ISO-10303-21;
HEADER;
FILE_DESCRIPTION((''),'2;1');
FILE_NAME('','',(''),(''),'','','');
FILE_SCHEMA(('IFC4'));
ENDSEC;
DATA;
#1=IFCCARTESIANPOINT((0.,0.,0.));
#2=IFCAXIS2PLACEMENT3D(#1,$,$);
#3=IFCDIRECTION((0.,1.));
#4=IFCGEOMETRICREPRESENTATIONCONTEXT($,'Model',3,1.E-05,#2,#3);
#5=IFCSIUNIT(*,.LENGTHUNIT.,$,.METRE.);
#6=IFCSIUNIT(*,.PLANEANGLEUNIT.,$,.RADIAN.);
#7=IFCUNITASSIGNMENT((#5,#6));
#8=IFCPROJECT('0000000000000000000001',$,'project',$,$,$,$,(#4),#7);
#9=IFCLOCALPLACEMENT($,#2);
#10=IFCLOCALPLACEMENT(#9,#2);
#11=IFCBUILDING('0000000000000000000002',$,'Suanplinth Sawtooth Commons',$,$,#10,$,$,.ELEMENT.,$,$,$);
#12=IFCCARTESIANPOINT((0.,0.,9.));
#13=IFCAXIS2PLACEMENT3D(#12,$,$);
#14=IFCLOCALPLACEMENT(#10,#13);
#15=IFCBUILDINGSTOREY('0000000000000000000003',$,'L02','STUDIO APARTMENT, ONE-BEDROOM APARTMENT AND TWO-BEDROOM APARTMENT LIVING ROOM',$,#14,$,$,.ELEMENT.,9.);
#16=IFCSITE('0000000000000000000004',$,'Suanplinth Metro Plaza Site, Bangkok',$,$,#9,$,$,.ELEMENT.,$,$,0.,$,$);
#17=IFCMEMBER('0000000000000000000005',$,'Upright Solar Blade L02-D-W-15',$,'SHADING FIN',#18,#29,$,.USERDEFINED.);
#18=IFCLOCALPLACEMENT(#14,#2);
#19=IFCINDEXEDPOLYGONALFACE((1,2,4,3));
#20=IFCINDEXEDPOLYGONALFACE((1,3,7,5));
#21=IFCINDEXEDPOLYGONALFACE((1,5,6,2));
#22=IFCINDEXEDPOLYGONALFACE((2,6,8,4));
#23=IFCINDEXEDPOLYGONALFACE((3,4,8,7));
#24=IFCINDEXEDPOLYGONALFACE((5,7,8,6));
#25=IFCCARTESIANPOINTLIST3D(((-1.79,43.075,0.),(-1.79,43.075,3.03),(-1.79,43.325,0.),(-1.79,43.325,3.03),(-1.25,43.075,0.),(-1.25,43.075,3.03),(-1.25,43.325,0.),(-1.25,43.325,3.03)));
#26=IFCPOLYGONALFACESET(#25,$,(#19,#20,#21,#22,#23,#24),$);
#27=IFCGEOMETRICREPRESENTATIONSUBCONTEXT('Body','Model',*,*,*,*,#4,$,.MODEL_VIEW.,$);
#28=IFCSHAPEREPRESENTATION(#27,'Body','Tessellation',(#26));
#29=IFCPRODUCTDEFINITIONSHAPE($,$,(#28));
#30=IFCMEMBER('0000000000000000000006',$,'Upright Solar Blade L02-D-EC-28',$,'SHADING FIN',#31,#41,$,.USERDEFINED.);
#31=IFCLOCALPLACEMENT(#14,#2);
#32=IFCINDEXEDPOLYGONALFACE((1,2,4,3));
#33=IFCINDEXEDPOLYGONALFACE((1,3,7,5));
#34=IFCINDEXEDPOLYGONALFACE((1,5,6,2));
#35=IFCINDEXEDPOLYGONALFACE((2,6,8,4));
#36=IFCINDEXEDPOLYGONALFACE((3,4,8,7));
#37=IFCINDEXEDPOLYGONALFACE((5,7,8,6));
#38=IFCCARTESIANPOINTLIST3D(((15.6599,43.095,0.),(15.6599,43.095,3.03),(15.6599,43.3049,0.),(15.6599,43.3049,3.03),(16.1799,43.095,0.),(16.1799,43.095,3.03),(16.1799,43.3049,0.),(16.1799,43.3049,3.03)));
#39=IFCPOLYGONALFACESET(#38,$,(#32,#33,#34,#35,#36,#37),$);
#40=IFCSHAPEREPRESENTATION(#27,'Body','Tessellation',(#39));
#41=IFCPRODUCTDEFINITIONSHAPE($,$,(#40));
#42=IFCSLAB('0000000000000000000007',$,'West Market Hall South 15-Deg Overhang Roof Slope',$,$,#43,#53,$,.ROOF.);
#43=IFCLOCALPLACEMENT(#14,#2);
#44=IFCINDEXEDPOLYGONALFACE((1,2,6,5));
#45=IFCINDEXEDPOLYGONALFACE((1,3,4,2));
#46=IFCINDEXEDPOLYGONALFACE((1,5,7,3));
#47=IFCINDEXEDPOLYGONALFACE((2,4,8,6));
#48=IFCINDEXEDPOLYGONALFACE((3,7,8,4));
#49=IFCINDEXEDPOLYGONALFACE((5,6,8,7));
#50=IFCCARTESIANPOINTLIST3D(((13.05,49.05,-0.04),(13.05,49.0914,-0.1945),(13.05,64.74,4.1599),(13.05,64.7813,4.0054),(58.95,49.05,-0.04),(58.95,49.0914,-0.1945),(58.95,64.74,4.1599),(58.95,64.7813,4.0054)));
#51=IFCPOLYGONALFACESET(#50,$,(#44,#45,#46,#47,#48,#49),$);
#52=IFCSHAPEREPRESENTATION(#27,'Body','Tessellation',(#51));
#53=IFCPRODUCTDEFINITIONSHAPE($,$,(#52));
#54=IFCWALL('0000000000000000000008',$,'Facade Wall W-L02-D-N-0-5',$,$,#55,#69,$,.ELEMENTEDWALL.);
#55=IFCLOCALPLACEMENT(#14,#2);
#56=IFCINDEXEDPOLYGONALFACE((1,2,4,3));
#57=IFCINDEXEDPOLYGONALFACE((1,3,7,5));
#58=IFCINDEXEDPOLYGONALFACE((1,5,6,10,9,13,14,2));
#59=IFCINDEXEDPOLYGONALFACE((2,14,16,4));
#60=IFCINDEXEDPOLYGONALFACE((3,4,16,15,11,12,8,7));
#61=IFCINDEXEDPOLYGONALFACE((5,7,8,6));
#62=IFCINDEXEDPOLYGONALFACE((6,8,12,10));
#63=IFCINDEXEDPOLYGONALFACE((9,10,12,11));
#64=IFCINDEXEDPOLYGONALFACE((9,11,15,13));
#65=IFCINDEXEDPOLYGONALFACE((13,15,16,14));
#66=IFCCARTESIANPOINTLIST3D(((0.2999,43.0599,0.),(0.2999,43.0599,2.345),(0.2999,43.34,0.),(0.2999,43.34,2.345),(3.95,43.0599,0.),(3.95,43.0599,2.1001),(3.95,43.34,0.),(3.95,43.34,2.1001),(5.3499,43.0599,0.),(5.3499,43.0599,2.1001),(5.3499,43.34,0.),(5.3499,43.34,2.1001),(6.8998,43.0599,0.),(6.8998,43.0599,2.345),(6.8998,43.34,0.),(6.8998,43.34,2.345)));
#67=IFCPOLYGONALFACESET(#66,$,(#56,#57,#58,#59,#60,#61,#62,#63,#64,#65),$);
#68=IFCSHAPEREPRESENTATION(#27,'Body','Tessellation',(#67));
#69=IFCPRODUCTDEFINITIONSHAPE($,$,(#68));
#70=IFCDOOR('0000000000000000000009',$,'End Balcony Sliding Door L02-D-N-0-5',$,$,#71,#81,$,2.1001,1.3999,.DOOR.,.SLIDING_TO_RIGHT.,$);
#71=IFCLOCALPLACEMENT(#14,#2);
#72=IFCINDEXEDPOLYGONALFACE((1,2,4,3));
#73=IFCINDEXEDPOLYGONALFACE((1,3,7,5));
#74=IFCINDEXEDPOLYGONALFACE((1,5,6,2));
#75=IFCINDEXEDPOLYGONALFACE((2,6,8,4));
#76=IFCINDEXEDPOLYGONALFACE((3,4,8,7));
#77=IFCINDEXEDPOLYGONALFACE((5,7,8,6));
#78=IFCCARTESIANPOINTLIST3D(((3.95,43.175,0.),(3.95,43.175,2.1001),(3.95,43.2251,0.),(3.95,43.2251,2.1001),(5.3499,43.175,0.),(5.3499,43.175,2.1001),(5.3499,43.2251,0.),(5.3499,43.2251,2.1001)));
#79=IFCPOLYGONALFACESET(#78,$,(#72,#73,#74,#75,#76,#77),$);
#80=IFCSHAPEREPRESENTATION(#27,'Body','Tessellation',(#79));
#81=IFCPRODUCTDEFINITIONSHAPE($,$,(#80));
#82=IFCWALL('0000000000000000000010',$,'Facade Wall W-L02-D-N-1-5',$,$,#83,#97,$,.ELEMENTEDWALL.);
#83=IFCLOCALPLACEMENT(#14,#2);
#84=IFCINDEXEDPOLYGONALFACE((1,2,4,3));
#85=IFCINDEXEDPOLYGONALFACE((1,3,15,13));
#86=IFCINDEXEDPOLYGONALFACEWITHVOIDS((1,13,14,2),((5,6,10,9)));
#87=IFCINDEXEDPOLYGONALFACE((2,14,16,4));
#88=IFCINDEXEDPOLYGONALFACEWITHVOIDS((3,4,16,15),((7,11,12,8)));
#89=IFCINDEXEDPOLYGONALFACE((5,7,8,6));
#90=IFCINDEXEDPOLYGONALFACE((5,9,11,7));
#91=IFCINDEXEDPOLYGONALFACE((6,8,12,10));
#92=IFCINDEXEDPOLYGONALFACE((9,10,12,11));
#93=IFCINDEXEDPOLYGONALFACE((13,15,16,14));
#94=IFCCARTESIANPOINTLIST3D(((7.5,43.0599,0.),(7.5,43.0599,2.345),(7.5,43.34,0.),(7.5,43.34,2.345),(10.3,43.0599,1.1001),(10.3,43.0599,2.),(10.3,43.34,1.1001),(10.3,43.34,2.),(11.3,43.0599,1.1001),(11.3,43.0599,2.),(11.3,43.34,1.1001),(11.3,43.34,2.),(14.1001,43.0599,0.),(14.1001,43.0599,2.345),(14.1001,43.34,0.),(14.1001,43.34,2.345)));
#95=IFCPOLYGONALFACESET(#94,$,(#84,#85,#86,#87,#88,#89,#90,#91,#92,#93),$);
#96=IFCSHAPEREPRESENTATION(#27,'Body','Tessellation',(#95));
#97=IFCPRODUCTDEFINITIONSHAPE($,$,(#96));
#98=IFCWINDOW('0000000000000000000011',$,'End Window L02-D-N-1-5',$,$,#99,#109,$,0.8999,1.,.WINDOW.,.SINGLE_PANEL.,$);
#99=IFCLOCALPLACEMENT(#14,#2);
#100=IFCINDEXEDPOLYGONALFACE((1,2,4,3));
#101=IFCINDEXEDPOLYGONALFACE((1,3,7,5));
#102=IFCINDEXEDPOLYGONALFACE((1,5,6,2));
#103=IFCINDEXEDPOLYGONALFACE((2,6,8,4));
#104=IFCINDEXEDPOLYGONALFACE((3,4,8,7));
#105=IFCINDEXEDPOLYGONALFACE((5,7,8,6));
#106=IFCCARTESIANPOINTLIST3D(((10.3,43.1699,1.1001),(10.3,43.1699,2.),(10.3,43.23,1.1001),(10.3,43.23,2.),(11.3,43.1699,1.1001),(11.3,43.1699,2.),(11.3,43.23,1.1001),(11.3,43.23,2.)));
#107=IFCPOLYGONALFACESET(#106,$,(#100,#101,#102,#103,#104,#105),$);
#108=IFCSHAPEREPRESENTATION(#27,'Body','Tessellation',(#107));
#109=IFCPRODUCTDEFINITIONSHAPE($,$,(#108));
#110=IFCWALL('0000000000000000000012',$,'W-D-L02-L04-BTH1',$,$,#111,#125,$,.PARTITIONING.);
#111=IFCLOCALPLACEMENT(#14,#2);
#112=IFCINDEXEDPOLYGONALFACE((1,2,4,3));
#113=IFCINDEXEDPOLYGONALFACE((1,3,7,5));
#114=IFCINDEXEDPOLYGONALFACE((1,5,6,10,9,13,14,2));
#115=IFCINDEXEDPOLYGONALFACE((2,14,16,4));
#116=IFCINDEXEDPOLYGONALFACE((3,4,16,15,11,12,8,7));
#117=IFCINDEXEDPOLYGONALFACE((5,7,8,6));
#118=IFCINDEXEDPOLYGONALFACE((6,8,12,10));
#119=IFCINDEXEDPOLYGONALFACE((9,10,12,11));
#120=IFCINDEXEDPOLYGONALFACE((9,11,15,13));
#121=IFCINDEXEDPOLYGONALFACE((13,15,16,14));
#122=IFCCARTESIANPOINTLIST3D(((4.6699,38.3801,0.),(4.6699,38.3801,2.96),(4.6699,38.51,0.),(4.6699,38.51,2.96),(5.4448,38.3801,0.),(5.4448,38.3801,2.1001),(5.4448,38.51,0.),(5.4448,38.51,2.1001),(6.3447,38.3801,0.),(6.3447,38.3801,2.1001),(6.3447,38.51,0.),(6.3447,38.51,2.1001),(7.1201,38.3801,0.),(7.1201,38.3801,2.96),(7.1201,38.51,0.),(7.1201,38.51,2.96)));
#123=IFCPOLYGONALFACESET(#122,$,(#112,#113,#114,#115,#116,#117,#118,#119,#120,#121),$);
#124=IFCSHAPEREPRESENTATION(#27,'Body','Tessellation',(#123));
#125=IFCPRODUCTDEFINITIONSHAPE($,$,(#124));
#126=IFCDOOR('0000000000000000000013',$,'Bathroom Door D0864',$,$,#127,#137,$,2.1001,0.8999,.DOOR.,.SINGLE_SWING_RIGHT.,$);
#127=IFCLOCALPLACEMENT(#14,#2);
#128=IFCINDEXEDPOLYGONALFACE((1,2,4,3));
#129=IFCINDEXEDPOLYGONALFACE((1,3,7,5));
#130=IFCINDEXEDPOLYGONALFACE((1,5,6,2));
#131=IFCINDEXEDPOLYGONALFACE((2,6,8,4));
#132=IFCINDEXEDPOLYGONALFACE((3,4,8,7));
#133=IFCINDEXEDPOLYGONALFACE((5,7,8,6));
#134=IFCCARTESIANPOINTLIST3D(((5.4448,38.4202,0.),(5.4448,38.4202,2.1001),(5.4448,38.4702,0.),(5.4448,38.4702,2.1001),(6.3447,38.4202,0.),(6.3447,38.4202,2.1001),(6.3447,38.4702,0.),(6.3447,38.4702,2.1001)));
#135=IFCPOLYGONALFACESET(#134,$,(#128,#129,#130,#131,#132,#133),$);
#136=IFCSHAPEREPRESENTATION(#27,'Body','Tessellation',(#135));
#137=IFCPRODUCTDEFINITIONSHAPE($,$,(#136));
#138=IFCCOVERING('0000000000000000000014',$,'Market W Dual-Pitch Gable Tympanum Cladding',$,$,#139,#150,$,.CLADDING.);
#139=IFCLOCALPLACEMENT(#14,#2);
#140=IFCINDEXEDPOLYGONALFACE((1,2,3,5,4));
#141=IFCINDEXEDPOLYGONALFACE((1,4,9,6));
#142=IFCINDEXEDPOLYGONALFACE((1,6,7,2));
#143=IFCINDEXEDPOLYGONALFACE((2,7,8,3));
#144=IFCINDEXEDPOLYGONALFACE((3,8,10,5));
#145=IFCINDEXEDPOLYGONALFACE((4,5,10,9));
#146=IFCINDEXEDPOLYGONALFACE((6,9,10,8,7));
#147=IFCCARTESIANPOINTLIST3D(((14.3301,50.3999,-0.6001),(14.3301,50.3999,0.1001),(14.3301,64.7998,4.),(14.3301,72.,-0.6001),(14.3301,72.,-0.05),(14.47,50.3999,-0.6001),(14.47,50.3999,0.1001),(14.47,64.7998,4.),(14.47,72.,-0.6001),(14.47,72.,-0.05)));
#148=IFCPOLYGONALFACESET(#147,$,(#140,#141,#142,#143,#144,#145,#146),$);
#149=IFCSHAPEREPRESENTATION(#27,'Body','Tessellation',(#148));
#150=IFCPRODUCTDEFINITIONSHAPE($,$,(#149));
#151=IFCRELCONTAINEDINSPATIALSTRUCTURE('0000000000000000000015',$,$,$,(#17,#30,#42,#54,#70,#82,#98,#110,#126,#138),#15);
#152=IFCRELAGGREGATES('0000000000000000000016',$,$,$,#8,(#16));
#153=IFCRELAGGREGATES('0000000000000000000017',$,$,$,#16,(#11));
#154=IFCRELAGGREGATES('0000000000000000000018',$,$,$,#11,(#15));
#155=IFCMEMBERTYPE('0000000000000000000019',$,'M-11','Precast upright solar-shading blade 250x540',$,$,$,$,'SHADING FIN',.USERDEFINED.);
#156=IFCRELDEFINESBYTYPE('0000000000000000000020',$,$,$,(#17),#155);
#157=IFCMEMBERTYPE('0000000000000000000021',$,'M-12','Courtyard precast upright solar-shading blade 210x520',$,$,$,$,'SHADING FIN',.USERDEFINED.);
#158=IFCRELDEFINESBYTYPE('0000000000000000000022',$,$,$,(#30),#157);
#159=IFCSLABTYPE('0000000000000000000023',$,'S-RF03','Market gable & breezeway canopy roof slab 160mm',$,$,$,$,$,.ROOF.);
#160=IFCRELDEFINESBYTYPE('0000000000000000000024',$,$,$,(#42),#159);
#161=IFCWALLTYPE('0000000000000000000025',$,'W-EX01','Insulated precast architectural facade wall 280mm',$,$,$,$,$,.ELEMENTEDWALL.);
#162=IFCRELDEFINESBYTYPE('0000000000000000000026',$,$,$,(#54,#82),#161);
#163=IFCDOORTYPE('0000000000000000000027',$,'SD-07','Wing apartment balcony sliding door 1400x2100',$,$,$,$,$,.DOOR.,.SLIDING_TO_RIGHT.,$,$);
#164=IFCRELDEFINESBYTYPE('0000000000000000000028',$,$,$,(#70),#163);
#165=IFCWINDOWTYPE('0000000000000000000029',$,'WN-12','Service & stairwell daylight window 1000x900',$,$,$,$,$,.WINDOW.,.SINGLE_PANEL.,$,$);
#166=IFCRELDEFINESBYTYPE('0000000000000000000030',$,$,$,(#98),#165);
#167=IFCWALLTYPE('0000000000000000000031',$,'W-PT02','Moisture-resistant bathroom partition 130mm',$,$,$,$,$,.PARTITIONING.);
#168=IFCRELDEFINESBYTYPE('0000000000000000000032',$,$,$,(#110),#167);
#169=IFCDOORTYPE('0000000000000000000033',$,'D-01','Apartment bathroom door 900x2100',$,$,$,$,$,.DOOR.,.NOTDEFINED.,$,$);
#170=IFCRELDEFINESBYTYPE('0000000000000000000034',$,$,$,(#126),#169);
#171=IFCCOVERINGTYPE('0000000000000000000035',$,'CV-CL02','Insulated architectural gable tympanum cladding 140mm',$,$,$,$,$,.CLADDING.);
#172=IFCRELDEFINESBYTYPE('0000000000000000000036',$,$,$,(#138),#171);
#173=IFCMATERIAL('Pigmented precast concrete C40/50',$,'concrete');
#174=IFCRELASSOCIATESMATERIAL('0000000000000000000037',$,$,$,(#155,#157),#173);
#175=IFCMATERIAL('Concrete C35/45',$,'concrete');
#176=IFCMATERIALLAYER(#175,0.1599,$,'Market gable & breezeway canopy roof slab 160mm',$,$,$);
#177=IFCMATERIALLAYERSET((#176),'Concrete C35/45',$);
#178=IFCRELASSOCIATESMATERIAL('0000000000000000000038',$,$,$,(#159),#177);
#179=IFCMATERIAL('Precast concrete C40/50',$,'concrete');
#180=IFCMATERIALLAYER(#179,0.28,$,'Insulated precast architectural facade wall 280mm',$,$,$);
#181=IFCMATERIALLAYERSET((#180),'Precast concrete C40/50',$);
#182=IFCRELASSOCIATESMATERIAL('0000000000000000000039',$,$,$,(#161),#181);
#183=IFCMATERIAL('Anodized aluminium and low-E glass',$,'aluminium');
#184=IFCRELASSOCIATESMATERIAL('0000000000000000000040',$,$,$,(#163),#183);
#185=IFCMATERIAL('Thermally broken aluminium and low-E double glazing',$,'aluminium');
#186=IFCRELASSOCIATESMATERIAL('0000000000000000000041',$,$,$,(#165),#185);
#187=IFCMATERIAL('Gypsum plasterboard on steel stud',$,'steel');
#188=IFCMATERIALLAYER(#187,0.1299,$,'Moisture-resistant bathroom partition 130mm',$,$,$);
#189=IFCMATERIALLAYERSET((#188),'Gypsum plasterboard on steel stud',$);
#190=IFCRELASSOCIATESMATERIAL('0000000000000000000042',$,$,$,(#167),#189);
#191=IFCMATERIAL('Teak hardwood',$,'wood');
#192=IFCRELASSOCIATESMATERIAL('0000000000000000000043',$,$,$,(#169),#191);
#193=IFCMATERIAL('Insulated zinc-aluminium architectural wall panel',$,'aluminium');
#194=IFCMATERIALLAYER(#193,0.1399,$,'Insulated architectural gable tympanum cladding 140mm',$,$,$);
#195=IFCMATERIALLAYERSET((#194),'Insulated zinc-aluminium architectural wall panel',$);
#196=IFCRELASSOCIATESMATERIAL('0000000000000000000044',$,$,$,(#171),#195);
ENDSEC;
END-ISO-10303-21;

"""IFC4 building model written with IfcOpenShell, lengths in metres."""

from ifc_helpers import new_model, si_unit, direction, frame, frame_2d, origin, origin_2d, place, context, subcontext, project, spatial, polyline, rectangle, outline, extrude, material, layer, layer_set, material_profile, profile_set, type_object, element, fill, save


model = new_model("IFC4")

# Units and contexts
model_context = context("Model", 3, precision=1e-05, world=origin(), true_north=direction((0.0, 1.0)))
body_context = subcontext(model_context, "Body", "Model", "MODEL_VIEW")
ifc_project = project(units=[si_unit("LENGTHUNIT", "METRE"), si_unit("PLANEANGLEUNIT", "RADIAN")], contexts=[model_context])

# Site, building, storey
site_placement = place(None, origin())
site = spatial("IfcSite", under=ifc_project, at=site_placement, Name="Suanplinth Metro Plaza Site, Bangkok", CompositionType="ELEMENT", RefElevation=0.0)
building_placement = place(site_placement, origin())
building = spatial("IfcBuilding", under=site, at=building_placement, Name="Suanplinth Sawtooth Commons", CompositionType="ELEMENT")
storey_placement = place(building_placement, frame((0.0, 0.0, 9.0)))
storey = spatial("IfcBuildingStorey", under=building, at=storey_placement, Name="L02", Description="STUDIO APARTMENT, ONE-BEDROOM APARTMENT AND TWO-BEDROOM APARTMENT LIVING ROOM", CompositionType="ELEMENT", Elevation=9.0)

# Shared definitions
ifc_material_1 = material(Name="Precast concrete C40/50", Category="concrete")

# Members
ifc_material_2 = material(Name="Pigmented precast concrete C40/50", Category="concrete")
ifc_material_profile_1 = material_profile(ifc_material_2, rectangle(XDim=0.25, YDim=0.54, at=origin_2d()), Name="PC-FIN 250x540")
ifc_profile_set_1 = profile_set([ifc_material_profile_1], Name="Pigmented precast concrete C40/50")
member_type_1 = type_object("IfcMemberType", Name="M-11", Description="Precast upright solar-shading blade 250x540", ElementType="SHADING FIN", PredefinedType="USERDEFINED", material=ifc_profile_set_1)
member_1_placement = place(storey_placement, frame((-1.52, 43.2, 0.0), z_axis=(0.0, 0.0, 1.0), x_axis=(0.0, 1.0, 0.0)))
element("IfcMember", 1, at=member_1_placement, inside=storey, type_object=member_type_1, Name="Upright Solar Blade L02-D-W-15", ObjectType="SHADING FIN", PredefinedType="USERDEFINED", context=body_context, shape_type="SweptSolid", body=[
    extrude(rectangle(XDim=0.25, YDim=0.54, at=origin_2d()), origin(), (0.0, 0.0, 1.0), 3.03),
])
ifc_material_profile_2 = material_profile(ifc_material_2, rectangle(XDim=0.21, YDim=0.52, at=origin_2d()), Name="PC-FIN 210x520")
ifc_profile_set_2 = profile_set([ifc_material_profile_2], Name="Pigmented precast concrete C40/50")
member_type_2 = type_object("IfcMemberType", Name="M-12", Description="Courtyard precast upright solar-shading blade 210x520", ElementType="SHADING FIN", PredefinedType="USERDEFINED", material=ifc_profile_set_2)
member_2_placement = place(storey_placement, frame((15.9199, 43.2, 0.0), z_axis=(0.0, 0.0, 1.0), x_axis=(0.0, 1.0, 0.0)))
element("IfcMember", 2, at=member_2_placement, inside=storey, type_object=member_type_2, Name="Upright Solar Blade L02-D-EC-28", ObjectType="SHADING FIN", PredefinedType="USERDEFINED", context=body_context, shape_type="SweptSolid", body=[
    extrude(rectangle(XDim=0.21, YDim=0.52, at=origin_2d()), origin(), (0.0, 0.0, 1.0), 3.03),
])

# Slab
ifc_material_3 = material(Name="Concrete C35/45", Category="concrete")
ifc_layer_1 = layer(ifc_material_3, 0.1599, Name="Market gable & breezeway canopy roof slab 160mm")
ifc_layer_set_1 = layer_set([ifc_layer_1], Name="Concrete C35/45")
slab_type = type_object("IfcSlabType", Name="S-RF03", Description="Market gable & breezeway canopy roof slab 160mm", PredefinedType="ROOF", material=ifc_layer_set_1)
slab_placement = place(storey_placement, frame((13.05, 49.05, -0.04), z_axis=(0.0, -0.25858, 0.96599), x_axis=(1.0, 0.0, 0.0)))
element("IfcSlab", 3, at=slab_placement, inside=storey, type_object=slab_type, Name="West Market Hall South 15-Deg Overhang Roof Slope", PredefinedType="ROOF", context=body_context, shape_type="SweptSolid", body=[
    extrude(outline(polyline([(0.0, 0.0), (45.8999, 0.0), (45.8999, 16.2423), (0.0, 16.2423), (0.0, 0.0)])), origin(), (0.0, 0.0, -1.0), 0.1599),
])

# Wall, opening, door
ifc_layer_2 = layer(ifc_material_1, 0.28, Name="Insulated precast architectural facade wall 280mm")
ifc_layer_set_2 = layer_set([ifc_layer_2], Name="Precast concrete C40/50")
wall_type_1 = type_object("IfcWallType", Name="W-EX01", Description="Insulated precast architectural facade wall 280mm", PredefinedType="ELEMENTEDWALL", material=ifc_layer_set_2)
wall_1_placement = place(storey_placement, frame((0.3, 43.2, 0.0), z_axis=(0.0, 0.0, 1.0), x_axis=(1.0, 0.0, 0.0)))
wall_1 = element("IfcWall", 4, at=wall_1_placement, inside=storey, type_object=wall_type_1, Name="Facade Wall W-L02-D-N-0-5", PredefinedType="ELEMENTEDWALL", context=body_context, shape_type="SweptSolid", body=[
    extrude(rectangle(XDim=6.5999, YDim=0.28, at=frame_2d((3.2998, 0.0))), origin(), (0.0, 0.0, 1.0), 2.345),
])
opening_1_placement = place(wall_1_placement, frame((3.6499, 0.0, 0.0)))
opening_1 = element("IfcOpeningElement", 5, at=opening_1_placement, cuts=wall_1, PredefinedType="OPENING", context=body_context, shape_type="SweptSolid", body=[
    extrude(rectangle(XDim=1.3999, YDim=2.1001, at=frame_2d((0.7, 1.05))), frame((0.0, 0.1548, 0.0), z_axis=(0.0, -1.0, 0.0), x_axis=(1.0, 0.0, 0.0)), (0.0, 0.0, 1.0), 0.3098),
])
ifc_material_4 = material(Name="Anodized aluminium and low-E glass", Category="aluminium")
door_type_1 = type_object("IfcDoorType", Name="SD-07", Description="Wing apartment balcony sliding door 1400x2100", OperationType="SLIDING_TO_RIGHT", PredefinedType="DOOR", material=ifc_material_4)
door_1_placement = place(opening_1_placement, frame((1.3999, 0.0, 0.0), z_axis=(0.0, 0.0, 1.0), x_axis=(-1.0, 0.0, 0.0)))
door_1 = element("IfcDoor", 6, at=door_1_placement, inside=storey, type_object=door_type_1, Name="End Balcony Sliding Door L02-D-N-0-5", OperationType="SLIDING_TO_RIGHT", OverallHeight=2.1001, OverallWidth=1.3999, PredefinedType="DOOR", context=body_context, shape_type="SweptSolid", body=[
    extrude(rectangle(XDim=1.3999, YDim=2.1001, at=frame_2d((0.7, 1.05))), frame((0.0, 0.0249, 0.0), z_axis=(0.0, -1.0, 0.0), x_axis=(1.0, 0.0, 0.0)), (0.0, 0.0, 1.0), 0.05),
])
fill(opening_1, door_1)

# Wall, opening, window
wall_2_placement = place(storey_placement, frame((7.5, 43.2, 0.0), z_axis=(0.0, 0.0, 1.0), x_axis=(1.0, 0.0, 0.0)))
wall_2 = element("IfcWall", 7, at=wall_2_placement, inside=storey, type_object=wall_type_1, Name="Facade Wall W-L02-D-N-1-5", PredefinedType="ELEMENTEDWALL", context=body_context, shape_type="SweptSolid", body=[
    extrude(rectangle(XDim=6.6001, YDim=0.28, at=frame_2d((3.3, 0.0))), origin(), (0.0, 0.0, 1.0), 2.345),
])
opening_2_placement = place(wall_2_placement, frame((2.8, 0.0, 1.1001)))
opening_2 = element("IfcOpeningElement", 8, at=opening_2_placement, cuts=wall_2, PredefinedType="OPENING", context=body_context, shape_type="SweptSolid", body=[
    extrude(rectangle(XDim=1.0, YDim=0.8999, at=frame_2d((0.5, 0.45))), frame((0.0, 0.1548, 0.0), z_axis=(0.0, -1.0, 0.0), x_axis=(1.0, 0.0, 0.0)), (0.0, 0.0, 1.0), 0.3098),
])
ifc_material_5 = material(Name="Thermally broken aluminium and low-E double glazing", Category="aluminium")
window_type = type_object("IfcWindowType", Name="WN-12", Description="Service & stairwell daylight window 1000x900", PartitioningType="SINGLE_PANEL", PredefinedType="WINDOW", material=ifc_material_5)
window_placement = place(opening_2_placement, origin())
window = element("IfcWindow", 9, at=window_placement, inside=storey, type_object=window_type, Name="End Window L02-D-N-1-5", OverallHeight=0.8999, OverallWidth=1.0, PartitioningType="SINGLE_PANEL", PredefinedType="WINDOW", context=body_context, shape_type="SweptSolid", body=[
    extrude(rectangle(XDim=1.0, YDim=0.8999, at=frame_2d((0.5, 0.45))), frame((0.0, 0.03, 0.0), z_axis=(0.0, -1.0, 0.0), x_axis=(1.0, 0.0, 0.0)), (0.0, 0.0, 1.0), 0.0601),
])
fill(opening_2, window)

# Wall, opening, door
ifc_material_6 = material(Name="Gypsum plasterboard on steel stud", Category="steel")
ifc_layer_3 = layer(ifc_material_6, 0.1299, Name="Moisture-resistant bathroom partition 130mm")
ifc_layer_set_3 = layer_set([ifc_layer_3], Name="Gypsum plasterboard on steel stud")
wall_type_2 = type_object("IfcWallType", Name="W-PT02", Description="Moisture-resistant bathroom partition 130mm", PredefinedType="PARTITIONING", material=ifc_layer_set_3)
wall_3_placement = place(storey_placement, frame((4.6699, 38.4451, 0.0), z_axis=(0.0, 0.0, 1.0), x_axis=(1.0, 0.0, 0.0)))
wall_3 = element("IfcWall", 10, at=wall_3_placement, inside=storey, type_object=wall_type_2, Name="W-D-L02-L04-BTH1", PredefinedType="PARTITIONING", context=body_context, shape_type="SweptSolid", body=[
    extrude(rectangle(XDim=2.4502, YDim=0.1299, at=frame_2d((1.2251, 0.0))), origin(), (0.0, 0.0, 1.0), 2.96),
])
opening_3_placement = place(wall_3_placement, frame((0.7749, 0.0, 0.0)))
opening_3 = element("IfcOpeningElement", 11, at=opening_3_placement, cuts=wall_3, PredefinedType="OPENING", context=body_context, shape_type="SweptSolid", body=[
    extrude(rectangle(XDim=0.8999, YDim=2.1001, at=frame_2d((0.45, 1.05))), frame((0.0, 0.0798, 0.0), z_axis=(0.0, -1.0, 0.0), x_axis=(1.0, 0.0, 0.0)), (0.0, 0.0, 1.0), 0.1597),
])
ifc_material_7 = material(Name="Teak hardwood", Category="wood")
door_type_2 = type_object("IfcDoorType", Name="D-01", Description="Apartment bathroom door 900x2100", OperationType="NOTDEFINED", PredefinedType="DOOR", material=ifc_material_7)
door_2_placement = place(opening_3_placement, frame((0.8999, 0.0, 0.0), z_axis=(0.0, 0.0, 1.0), x_axis=(-1.0, 0.0, 0.0)))
door_2 = element("IfcDoor", 12, at=door_2_placement, inside=storey, type_object=door_type_2, Name="Bathroom Door D0864", OperationType="SINGLE_SWING_RIGHT", OverallHeight=2.1001, OverallWidth=0.8999, PredefinedType="DOOR", context=body_context, shape_type="SweptSolid", body=[
    extrude(rectangle(XDim=0.8999, YDim=2.1001, at=frame_2d((0.45, 1.05))), frame((0.0, 0.0249, 0.0), z_axis=(0.0, -1.0, 0.0), x_axis=(1.0, 0.0, 0.0)), (0.0, 0.0, 1.0), 0.05),
])
fill(opening_3, door_2)

# Covering
ifc_material_8 = material(Name="Insulated zinc-aluminium architectural wall panel", Category="aluminium")
ifc_layer_4 = layer(ifc_material_8, 0.1399, Name="Insulated architectural gable tympanum cladding 140mm")
ifc_layer_set_4 = layer_set([ifc_layer_4], Name="Insulated zinc-aluminium architectural wall panel")
covering_type_1 = type_object("IfcCoveringType", Name="CV-CL02", Description="Insulated architectural gable tympanum cladding 140mm", PredefinedType="CLADDING", material=ifc_layer_set_4)
covering_1_placement = place(storey_placement, frame((14.3999, 50.3999, -0.6001), z_axis=(0.0, 0.0, 1.0), x_axis=(0.0, 1.0, 0.0)))
element("IfcCovering", 13, at=covering_1_placement, inside=storey, type_object=covering_type_1, Name="Market W Dual-Pitch Gable Tympanum Cladding", PredefinedType="CLADDING", context=body_context, shape_type="SweptSolid", body=[
    extrude(outline(polyline([(0.0, 0.0), (21.6001, 0.0), (21.6001, 0.55), (14.3999, 4.6001), (0.0, 0.7002), (0.0, 0.0)])), frame((0.0, 0.0698, 0.0), z_axis=(0.0, -1.0, 0.0), x_axis=(1.0, 0.0, 0.0)), (0.0, 0.0, 1.0), 0.1399),
])

save(model, "model.ifc")
